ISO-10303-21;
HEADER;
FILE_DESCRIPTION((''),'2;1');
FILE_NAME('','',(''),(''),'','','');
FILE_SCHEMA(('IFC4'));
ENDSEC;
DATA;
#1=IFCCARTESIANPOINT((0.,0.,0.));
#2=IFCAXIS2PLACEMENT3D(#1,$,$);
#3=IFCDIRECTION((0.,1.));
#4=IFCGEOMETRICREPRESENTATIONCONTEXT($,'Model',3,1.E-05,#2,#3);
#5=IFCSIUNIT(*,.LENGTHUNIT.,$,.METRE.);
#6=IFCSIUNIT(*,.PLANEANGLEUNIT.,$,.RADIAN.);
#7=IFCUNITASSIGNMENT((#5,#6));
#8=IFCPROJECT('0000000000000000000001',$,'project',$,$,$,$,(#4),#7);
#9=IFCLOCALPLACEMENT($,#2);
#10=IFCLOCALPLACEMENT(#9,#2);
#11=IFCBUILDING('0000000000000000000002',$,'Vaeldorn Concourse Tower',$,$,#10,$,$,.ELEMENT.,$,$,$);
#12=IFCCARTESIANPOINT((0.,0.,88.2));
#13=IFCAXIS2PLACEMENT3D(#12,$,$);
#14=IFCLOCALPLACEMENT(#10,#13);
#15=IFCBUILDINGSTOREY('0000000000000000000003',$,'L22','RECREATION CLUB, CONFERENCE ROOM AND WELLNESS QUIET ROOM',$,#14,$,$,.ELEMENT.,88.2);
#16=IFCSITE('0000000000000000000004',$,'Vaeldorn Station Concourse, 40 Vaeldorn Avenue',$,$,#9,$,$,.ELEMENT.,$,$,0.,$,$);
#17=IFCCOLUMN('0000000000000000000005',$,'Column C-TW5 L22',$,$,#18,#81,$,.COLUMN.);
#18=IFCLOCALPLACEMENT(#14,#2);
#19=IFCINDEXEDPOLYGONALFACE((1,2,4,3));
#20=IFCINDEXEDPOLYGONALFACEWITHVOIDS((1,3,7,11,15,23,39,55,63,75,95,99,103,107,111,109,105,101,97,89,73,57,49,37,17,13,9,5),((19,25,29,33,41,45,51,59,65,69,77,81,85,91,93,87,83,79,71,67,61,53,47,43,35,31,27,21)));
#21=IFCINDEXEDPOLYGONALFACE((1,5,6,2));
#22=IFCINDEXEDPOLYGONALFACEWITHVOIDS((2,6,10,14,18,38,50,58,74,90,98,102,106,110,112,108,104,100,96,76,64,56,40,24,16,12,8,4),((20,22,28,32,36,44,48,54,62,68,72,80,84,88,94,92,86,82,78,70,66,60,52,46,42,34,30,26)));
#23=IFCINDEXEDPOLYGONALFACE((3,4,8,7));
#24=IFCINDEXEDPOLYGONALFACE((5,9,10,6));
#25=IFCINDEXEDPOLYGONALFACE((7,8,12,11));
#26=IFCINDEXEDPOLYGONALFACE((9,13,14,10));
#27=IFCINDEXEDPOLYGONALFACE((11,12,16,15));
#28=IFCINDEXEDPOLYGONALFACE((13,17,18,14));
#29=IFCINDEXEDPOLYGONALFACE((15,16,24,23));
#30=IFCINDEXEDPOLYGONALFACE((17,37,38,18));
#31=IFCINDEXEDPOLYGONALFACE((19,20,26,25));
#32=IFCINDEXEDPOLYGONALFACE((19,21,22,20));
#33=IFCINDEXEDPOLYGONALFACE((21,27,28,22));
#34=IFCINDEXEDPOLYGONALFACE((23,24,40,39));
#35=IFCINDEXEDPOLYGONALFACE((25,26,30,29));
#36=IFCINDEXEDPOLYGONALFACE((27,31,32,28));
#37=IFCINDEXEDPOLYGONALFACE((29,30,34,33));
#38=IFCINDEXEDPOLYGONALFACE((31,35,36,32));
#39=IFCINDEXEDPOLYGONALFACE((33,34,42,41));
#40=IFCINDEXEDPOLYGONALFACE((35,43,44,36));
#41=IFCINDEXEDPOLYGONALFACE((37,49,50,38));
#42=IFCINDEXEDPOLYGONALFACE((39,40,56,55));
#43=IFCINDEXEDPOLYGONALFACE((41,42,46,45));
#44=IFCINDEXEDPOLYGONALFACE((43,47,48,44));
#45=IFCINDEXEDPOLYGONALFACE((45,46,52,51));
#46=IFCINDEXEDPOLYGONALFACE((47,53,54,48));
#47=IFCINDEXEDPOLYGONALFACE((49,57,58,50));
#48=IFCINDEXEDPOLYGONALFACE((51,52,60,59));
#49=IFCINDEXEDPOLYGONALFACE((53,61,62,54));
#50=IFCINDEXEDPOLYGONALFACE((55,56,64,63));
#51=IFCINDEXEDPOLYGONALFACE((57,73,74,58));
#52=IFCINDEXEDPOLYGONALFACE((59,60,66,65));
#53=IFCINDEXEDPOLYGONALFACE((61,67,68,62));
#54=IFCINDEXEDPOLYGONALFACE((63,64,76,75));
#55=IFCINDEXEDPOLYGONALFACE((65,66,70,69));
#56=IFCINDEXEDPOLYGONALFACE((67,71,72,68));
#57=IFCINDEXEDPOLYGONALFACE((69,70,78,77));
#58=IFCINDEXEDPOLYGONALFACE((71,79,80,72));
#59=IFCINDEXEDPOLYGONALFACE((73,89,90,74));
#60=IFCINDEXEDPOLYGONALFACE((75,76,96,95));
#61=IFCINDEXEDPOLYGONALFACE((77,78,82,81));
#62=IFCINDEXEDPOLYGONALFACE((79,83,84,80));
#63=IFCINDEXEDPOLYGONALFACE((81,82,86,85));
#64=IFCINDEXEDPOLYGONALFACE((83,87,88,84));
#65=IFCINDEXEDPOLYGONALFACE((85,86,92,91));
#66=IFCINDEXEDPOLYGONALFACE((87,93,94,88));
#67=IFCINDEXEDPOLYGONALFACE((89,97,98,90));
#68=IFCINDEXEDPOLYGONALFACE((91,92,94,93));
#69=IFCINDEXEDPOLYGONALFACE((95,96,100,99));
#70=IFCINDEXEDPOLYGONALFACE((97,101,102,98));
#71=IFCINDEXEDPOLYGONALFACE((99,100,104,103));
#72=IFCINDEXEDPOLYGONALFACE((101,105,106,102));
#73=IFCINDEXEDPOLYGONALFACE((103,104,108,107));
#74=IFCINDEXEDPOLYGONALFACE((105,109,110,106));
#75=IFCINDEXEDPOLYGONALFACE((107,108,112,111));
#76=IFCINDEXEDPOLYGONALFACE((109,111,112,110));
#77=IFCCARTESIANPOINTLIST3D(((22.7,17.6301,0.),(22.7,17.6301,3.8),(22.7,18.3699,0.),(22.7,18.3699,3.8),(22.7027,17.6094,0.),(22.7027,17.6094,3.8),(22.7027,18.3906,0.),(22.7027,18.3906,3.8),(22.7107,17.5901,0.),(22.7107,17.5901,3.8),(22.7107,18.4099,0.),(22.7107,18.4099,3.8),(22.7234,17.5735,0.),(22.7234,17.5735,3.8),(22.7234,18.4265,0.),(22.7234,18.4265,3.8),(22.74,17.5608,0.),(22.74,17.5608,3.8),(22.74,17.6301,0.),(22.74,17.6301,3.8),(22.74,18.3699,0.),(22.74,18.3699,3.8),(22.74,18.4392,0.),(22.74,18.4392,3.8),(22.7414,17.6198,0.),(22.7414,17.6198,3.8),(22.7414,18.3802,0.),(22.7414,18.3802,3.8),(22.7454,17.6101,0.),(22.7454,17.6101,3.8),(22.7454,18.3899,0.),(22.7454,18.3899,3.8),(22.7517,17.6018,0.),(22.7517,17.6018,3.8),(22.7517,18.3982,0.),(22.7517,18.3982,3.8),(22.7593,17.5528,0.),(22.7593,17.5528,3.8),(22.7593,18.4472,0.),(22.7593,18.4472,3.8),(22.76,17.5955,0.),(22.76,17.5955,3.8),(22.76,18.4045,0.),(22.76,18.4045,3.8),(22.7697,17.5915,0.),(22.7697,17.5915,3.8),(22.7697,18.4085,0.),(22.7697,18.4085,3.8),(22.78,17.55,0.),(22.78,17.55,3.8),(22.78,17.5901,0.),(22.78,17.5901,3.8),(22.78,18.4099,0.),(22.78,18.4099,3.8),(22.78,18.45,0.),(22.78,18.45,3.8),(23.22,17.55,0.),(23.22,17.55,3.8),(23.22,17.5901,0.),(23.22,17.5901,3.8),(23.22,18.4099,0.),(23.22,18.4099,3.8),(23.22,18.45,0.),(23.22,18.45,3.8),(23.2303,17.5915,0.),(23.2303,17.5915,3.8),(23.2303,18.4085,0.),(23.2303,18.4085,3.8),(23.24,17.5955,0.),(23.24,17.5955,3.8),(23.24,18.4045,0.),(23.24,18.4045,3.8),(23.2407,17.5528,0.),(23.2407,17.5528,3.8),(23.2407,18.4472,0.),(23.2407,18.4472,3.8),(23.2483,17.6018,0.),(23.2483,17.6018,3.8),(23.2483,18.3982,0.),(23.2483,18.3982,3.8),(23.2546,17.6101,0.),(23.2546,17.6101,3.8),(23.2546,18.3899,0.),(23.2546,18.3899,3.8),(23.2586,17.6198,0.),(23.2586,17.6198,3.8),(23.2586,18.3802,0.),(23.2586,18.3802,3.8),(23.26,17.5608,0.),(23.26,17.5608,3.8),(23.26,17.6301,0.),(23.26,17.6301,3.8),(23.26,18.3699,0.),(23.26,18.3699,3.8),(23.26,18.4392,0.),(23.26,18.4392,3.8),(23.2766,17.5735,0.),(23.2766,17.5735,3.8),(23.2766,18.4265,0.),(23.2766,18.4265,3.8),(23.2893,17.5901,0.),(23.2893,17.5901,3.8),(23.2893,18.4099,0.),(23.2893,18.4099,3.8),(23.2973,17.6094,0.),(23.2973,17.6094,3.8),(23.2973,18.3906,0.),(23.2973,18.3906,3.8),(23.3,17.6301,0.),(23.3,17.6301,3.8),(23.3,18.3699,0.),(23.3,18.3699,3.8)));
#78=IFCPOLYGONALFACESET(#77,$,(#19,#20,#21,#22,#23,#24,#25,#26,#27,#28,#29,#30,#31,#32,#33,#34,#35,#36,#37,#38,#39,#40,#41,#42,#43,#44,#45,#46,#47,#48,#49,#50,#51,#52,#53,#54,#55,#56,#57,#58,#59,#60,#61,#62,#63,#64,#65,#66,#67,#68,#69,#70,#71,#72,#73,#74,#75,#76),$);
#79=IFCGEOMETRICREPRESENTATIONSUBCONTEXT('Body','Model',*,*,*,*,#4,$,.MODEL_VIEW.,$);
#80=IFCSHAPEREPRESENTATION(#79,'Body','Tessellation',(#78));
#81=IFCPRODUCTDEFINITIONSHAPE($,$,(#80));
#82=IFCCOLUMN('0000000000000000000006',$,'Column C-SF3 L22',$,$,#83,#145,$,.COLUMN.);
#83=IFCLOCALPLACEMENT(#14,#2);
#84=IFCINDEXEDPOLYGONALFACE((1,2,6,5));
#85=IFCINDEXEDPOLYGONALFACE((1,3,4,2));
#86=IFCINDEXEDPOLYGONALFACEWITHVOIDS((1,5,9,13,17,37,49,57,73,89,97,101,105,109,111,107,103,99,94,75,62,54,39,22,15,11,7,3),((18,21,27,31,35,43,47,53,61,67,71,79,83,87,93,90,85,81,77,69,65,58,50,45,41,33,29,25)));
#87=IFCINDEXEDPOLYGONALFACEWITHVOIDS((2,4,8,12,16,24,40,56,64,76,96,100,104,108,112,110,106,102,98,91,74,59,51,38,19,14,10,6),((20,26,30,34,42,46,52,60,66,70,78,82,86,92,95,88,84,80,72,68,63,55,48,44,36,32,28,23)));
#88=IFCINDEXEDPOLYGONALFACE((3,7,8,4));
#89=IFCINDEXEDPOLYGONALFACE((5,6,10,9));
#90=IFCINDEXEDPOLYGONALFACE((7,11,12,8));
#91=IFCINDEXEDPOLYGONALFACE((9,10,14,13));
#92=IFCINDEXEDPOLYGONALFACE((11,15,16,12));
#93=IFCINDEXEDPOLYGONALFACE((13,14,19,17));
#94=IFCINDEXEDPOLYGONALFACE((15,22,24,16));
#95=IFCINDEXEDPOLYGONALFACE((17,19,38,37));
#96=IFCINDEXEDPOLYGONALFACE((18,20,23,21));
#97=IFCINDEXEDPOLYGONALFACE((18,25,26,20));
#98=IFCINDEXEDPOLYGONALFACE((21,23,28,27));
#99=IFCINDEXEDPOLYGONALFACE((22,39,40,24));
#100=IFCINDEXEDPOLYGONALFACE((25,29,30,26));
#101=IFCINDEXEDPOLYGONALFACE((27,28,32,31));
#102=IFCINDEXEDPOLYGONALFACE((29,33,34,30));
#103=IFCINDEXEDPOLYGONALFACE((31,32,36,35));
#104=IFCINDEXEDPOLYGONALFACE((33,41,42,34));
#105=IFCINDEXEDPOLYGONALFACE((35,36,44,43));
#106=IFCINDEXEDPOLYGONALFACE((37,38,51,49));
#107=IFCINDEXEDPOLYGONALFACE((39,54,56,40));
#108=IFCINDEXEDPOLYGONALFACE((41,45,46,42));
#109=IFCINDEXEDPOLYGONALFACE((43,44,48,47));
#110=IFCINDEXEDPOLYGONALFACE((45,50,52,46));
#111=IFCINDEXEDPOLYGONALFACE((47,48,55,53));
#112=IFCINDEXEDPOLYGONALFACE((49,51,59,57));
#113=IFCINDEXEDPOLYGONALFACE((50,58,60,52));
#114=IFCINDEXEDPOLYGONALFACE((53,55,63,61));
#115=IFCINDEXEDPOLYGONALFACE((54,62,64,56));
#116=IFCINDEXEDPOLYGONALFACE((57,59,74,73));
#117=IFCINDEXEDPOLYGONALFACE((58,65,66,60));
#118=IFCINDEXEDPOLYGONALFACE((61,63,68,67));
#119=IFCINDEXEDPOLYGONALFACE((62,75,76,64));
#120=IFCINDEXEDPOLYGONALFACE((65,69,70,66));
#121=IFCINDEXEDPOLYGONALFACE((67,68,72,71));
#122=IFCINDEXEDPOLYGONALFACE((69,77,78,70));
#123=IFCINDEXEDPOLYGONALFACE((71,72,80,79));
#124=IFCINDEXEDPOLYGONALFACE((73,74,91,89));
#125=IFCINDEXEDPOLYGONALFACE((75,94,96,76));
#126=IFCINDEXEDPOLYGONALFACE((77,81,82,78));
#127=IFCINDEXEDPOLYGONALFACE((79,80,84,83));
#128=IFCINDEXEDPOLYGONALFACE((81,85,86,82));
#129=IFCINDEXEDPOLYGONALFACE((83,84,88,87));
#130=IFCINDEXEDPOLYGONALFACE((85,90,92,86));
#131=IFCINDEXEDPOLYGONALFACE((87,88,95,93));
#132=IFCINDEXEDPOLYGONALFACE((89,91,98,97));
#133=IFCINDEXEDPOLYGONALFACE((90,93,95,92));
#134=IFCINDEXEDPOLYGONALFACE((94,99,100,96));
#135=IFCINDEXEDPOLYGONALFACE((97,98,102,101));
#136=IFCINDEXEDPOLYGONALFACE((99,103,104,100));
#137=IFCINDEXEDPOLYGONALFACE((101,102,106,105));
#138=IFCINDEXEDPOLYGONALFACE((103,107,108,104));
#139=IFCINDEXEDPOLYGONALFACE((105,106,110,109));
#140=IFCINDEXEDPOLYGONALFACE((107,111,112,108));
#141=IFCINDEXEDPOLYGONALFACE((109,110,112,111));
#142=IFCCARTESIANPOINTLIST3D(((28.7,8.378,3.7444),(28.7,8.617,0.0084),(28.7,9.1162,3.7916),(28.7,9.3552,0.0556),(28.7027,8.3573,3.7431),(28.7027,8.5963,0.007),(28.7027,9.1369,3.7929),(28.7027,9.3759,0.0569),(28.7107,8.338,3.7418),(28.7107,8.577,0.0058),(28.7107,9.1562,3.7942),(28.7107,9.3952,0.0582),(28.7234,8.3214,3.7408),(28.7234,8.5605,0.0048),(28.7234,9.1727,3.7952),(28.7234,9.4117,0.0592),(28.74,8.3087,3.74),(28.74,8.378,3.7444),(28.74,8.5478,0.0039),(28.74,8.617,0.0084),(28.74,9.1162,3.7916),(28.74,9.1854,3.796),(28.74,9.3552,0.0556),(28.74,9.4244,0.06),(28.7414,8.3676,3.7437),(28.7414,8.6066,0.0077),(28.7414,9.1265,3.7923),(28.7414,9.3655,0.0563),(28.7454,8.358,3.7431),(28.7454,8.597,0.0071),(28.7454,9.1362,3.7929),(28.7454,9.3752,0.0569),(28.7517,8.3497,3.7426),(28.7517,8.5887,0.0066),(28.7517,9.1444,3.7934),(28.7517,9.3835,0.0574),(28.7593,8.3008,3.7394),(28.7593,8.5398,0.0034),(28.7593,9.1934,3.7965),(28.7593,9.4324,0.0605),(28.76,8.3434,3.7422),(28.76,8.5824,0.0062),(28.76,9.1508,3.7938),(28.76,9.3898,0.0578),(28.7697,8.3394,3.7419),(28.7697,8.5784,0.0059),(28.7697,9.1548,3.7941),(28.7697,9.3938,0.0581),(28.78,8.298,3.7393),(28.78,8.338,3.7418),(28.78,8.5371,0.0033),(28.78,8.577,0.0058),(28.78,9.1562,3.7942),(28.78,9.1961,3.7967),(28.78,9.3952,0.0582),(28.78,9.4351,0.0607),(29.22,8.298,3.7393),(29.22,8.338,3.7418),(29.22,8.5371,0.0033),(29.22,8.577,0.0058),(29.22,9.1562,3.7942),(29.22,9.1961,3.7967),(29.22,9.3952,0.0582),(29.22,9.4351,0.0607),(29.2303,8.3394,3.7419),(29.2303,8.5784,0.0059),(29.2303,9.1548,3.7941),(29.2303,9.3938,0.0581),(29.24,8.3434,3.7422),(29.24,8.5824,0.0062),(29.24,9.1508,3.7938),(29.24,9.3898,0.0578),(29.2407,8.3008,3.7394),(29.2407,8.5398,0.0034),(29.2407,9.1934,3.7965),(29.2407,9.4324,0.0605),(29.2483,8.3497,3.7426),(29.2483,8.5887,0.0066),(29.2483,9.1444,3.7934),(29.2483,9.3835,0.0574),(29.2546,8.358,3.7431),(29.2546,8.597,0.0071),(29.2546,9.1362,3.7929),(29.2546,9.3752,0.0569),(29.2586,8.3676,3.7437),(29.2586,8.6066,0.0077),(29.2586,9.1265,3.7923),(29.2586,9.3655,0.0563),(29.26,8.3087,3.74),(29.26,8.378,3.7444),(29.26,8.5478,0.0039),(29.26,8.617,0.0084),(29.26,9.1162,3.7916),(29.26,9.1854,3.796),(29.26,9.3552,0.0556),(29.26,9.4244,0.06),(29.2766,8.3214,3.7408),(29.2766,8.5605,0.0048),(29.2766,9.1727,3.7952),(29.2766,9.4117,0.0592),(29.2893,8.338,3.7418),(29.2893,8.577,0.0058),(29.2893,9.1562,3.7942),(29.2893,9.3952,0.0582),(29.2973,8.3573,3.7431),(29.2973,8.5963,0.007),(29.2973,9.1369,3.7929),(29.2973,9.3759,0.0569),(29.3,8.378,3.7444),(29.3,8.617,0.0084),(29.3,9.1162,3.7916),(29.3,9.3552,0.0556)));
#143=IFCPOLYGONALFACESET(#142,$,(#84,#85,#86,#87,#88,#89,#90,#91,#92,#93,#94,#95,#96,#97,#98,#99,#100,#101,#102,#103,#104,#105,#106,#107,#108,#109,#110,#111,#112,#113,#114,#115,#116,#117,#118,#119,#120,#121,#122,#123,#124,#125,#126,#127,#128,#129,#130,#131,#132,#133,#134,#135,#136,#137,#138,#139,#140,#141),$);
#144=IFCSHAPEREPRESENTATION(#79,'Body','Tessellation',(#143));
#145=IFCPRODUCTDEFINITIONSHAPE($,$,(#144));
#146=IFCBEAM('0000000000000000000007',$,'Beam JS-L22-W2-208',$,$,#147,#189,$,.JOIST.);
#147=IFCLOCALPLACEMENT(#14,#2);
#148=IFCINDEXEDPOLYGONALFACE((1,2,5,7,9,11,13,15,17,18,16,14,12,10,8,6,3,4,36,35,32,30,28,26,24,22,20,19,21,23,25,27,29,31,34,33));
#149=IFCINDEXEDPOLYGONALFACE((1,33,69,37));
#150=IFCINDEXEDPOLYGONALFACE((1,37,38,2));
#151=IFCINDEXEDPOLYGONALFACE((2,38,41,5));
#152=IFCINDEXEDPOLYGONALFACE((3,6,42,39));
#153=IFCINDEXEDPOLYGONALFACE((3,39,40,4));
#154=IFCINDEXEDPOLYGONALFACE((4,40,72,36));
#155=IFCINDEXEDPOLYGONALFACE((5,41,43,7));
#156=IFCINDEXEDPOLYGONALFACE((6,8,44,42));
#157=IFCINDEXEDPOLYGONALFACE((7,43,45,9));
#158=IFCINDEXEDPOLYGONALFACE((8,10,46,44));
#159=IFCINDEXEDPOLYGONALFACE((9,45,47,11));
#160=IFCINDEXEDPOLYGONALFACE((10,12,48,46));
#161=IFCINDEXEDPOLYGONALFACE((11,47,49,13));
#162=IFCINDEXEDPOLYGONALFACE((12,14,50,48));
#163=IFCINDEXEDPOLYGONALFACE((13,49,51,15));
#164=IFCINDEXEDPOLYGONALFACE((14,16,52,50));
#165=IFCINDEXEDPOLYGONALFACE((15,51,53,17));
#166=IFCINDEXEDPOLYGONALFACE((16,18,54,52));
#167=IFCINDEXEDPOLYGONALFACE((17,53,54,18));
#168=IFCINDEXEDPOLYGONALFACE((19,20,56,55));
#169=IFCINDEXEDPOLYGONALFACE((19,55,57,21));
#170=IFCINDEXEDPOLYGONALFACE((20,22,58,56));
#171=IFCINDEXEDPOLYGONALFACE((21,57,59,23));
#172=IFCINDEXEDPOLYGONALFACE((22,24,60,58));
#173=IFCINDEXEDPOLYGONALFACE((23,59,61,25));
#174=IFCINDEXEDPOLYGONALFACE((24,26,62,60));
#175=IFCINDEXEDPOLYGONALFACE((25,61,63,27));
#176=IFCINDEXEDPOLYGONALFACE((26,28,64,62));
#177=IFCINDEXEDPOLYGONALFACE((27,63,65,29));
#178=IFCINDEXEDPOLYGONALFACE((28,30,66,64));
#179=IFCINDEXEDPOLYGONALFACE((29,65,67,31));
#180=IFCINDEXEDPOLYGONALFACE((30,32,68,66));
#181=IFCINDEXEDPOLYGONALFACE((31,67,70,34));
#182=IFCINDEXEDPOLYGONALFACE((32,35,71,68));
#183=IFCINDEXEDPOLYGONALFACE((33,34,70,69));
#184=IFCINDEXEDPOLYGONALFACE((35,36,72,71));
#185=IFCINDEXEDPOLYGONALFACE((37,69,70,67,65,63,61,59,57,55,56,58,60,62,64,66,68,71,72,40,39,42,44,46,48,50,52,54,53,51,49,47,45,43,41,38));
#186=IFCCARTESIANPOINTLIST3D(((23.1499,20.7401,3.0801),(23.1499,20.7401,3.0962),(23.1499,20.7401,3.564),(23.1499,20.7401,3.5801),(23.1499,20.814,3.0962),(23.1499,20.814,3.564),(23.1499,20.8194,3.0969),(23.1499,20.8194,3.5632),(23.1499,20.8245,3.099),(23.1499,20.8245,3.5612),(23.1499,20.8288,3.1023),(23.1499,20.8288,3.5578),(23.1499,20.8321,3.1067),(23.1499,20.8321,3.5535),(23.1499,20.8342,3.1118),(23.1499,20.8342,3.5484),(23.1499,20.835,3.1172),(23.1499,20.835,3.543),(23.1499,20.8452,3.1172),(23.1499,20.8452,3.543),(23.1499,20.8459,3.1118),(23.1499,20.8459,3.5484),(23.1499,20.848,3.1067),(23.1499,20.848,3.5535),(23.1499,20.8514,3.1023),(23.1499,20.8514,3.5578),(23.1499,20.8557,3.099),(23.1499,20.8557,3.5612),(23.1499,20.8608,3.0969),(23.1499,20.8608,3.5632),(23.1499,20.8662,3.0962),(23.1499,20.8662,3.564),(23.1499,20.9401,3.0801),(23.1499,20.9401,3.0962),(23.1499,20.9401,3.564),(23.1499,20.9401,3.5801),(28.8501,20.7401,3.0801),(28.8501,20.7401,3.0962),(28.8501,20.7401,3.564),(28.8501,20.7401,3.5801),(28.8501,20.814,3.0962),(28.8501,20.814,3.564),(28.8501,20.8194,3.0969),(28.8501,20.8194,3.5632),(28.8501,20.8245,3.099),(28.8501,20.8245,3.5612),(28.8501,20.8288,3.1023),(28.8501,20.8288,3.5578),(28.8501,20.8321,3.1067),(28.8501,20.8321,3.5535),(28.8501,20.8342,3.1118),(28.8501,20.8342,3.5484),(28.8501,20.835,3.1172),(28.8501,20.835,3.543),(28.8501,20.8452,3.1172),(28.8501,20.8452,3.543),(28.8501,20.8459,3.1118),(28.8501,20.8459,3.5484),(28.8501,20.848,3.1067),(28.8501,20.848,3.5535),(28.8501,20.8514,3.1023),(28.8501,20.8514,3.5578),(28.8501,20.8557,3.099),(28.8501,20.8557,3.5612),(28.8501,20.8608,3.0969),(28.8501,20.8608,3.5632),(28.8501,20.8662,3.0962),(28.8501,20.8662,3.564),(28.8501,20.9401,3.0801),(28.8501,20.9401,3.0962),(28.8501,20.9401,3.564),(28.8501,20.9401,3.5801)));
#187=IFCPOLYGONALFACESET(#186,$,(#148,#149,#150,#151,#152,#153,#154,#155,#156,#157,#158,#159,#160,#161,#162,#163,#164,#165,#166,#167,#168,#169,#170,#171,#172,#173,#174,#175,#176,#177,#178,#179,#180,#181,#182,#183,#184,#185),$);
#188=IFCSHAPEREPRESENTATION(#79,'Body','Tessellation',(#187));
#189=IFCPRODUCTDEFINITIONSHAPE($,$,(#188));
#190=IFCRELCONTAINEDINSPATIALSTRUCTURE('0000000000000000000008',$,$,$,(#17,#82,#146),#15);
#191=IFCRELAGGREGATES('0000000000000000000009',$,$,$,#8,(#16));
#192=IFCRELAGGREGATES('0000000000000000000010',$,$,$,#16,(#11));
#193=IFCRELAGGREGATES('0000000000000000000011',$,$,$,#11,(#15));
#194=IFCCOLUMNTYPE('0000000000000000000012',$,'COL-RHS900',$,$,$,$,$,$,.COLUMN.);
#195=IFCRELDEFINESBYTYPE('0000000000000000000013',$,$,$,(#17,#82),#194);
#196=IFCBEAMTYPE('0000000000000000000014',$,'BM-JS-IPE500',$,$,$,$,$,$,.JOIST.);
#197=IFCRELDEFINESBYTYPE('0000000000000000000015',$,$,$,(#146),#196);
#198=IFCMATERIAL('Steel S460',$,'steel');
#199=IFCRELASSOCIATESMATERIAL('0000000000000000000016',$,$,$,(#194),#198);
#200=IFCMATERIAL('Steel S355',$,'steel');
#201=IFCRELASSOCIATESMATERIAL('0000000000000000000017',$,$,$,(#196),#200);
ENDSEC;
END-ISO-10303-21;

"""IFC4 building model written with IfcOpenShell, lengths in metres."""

from ifc_helpers import new_model, si_unit, direction, frame, origin, origin_2d, place, context, subcontext, project, spatial, hollow_rectangle, i_section, extrude, source, transform, mapped, material, material_profile, profile_set, type_object, element, save


model = new_model("IFC4")

# Units and contexts
model_context = context("Model", 3, precision=1e-05, world=origin(), true_north=direction((0.0, 1.0)))
body_context = subcontext(model_context, "Body", "Model", "MODEL_VIEW")
ifc_project = project(units=[si_unit("LENGTHUNIT", "METRE"), si_unit("PLANEANGLEUNIT", "RADIAN")], contexts=[model_context])

# Site, building, storey
site_placement = place(None, origin())
site = spatial("IfcSite", under=ifc_project, at=site_placement, Name="Vaeldorn Station Concourse, 40 Vaeldorn Avenue", CompositionType="ELEMENT", RefElevation=0.0)
building_placement = place(site_placement, origin())
building = spatial("IfcBuilding", under=site, at=building_placement, Name="Vaeldorn Concourse Tower", CompositionType="ELEMENT")
storey_placement = place(building_placement, frame((0.0, 0.0, 88.2)))
storey = spatial("IfcBuildingStorey", under=building, at=storey_placement, Name="L22", Description="RECREATION CLUB, CONFERENCE ROOM AND WELLNESS QUIET ROOM", CompositionType="ELEMENT", Elevation=88.2)

# Columns
ifc_material_1 = material(Name="Steel S460", Category="steel")
ifc_material_profile_1 = material_profile(ifc_material_1, hollow_rectangle(XDim=0.6001, YDim=0.8999, WallThickness=0.04, InnerFilletRadius=0.04, OuterFilletRadius=0.0801, at=origin_2d()), Name="RHS 900x600x40")
ifc_profile_set_1 = profile_set([ifc_material_profile_1], Name="Steel S460")
column_type_1 = type_object("IfcColumnType", Name="COL-RHS900", PredefinedType="COLUMN", material=ifc_profile_set_1)
shared_shape_1 = source(origin(), body_context, "Body", "SweptSolid", [
    extrude(hollow_rectangle(XDim=0.6001, YDim=0.8999, WallThickness=0.04, InnerFilletRadius=0.04, OuterFilletRadius=0.0801, at=origin_2d()), origin(), (0.0, 0.0, 1.0), 3.8),
])
for number, where, z_axis, x_axis, name in (
    (1, (23.0, 18.0, 0.0), (0.0, 0.0, 1.0), (1.0, 0.0, 0.0), "Column C-TW5 L22"),
):
    element("IfcColumn", number, at=place(storey_placement, frame(where, z_axis=z_axis, x_axis=x_axis)), inside=storey, type_object=column_type_1, Name=name, PredefinedType="COLUMN", context=body_context, shape_type="MappedRepresentation", body=[
        mapped(shared_shape_1, transform((0.0, 0.0, 0.0), scale=1.0)),
    ])
shared_shape_2 = source(origin(), body_context, "Body", "SweptSolid", [
    extrude(hollow_rectangle(XDim=0.6001, YDim=0.8999, WallThickness=0.04, InnerFilletRadius=0.04, OuterFilletRadius=0.0801, at=origin_2d()), origin(), (0.0, 0.0, 1.0), 3.7437),
])
column_1_placement = place(storey_placement, frame((29.0, 8.9861, 0.032), z_axis=(0.0, -0.063844, 0.99796), x_axis=(1.0, 0.0, 0.0)))
element("IfcColumn", 2, at=column_1_placement, inside=storey, type_object=column_type_1, Name="Column C-SF3 L22", PredefinedType="COLUMN", context=body_context, shape_type="MappedRepresentation", body=[
    mapped(shared_shape_2, transform((0.0, 0.0, 0.0), scale=1.0)),
])

# Beam
ifc_material_2 = material(Name="Steel S355", Category="steel")
ifc_material_profile_2 = material_profile(ifc_material_2, i_section(OverallWidth=0.2, OverallDepth=0.5, WebThickness=0.0103, FlangeThickness=0.0161, FilletRadius=0.021, at=origin_2d()), Name="IPE 500")
ifc_profile_set_2 = profile_set([ifc_material_profile_2], Name="Steel S355")
beam_type_1 = type_object("IfcBeamType", Name="BM-JS-IPE500", PredefinedType="JOIST", material=ifc_profile_set_2)
shared_shape_3 = source(origin(), body_context, "Body", "SweptSolid", [
    extrude(i_section(OverallWidth=0.2, OverallDepth=0.5, WebThickness=0.0103, FlangeThickness=0.0161, FilletRadius=0.021, at=origin_2d()), origin(), (0.0, 0.0, 1.0), 5.7002),
])
for number, where, z_axis, x_axis, name in (
    (3, (23.1499, 20.8401, 3.3301), (1.0, 0.0, 0.0), (0.0, 1.0, 0.0), "Beam JS-L22-W2-208"),
):
    element("IfcBeam", number, at=place(storey_placement, frame(where, z_axis=z_axis, x_axis=x_axis)), inside=storey, type_object=beam_type_1, Name=name, PredefinedType="JOIST", context=body_context, shape_type="MappedRepresentation", body=[
        mapped(shared_shape_3, transform((0.0, 0.0, 0.0), scale=1.0)),
    ])

save(model, "model.ifc")
